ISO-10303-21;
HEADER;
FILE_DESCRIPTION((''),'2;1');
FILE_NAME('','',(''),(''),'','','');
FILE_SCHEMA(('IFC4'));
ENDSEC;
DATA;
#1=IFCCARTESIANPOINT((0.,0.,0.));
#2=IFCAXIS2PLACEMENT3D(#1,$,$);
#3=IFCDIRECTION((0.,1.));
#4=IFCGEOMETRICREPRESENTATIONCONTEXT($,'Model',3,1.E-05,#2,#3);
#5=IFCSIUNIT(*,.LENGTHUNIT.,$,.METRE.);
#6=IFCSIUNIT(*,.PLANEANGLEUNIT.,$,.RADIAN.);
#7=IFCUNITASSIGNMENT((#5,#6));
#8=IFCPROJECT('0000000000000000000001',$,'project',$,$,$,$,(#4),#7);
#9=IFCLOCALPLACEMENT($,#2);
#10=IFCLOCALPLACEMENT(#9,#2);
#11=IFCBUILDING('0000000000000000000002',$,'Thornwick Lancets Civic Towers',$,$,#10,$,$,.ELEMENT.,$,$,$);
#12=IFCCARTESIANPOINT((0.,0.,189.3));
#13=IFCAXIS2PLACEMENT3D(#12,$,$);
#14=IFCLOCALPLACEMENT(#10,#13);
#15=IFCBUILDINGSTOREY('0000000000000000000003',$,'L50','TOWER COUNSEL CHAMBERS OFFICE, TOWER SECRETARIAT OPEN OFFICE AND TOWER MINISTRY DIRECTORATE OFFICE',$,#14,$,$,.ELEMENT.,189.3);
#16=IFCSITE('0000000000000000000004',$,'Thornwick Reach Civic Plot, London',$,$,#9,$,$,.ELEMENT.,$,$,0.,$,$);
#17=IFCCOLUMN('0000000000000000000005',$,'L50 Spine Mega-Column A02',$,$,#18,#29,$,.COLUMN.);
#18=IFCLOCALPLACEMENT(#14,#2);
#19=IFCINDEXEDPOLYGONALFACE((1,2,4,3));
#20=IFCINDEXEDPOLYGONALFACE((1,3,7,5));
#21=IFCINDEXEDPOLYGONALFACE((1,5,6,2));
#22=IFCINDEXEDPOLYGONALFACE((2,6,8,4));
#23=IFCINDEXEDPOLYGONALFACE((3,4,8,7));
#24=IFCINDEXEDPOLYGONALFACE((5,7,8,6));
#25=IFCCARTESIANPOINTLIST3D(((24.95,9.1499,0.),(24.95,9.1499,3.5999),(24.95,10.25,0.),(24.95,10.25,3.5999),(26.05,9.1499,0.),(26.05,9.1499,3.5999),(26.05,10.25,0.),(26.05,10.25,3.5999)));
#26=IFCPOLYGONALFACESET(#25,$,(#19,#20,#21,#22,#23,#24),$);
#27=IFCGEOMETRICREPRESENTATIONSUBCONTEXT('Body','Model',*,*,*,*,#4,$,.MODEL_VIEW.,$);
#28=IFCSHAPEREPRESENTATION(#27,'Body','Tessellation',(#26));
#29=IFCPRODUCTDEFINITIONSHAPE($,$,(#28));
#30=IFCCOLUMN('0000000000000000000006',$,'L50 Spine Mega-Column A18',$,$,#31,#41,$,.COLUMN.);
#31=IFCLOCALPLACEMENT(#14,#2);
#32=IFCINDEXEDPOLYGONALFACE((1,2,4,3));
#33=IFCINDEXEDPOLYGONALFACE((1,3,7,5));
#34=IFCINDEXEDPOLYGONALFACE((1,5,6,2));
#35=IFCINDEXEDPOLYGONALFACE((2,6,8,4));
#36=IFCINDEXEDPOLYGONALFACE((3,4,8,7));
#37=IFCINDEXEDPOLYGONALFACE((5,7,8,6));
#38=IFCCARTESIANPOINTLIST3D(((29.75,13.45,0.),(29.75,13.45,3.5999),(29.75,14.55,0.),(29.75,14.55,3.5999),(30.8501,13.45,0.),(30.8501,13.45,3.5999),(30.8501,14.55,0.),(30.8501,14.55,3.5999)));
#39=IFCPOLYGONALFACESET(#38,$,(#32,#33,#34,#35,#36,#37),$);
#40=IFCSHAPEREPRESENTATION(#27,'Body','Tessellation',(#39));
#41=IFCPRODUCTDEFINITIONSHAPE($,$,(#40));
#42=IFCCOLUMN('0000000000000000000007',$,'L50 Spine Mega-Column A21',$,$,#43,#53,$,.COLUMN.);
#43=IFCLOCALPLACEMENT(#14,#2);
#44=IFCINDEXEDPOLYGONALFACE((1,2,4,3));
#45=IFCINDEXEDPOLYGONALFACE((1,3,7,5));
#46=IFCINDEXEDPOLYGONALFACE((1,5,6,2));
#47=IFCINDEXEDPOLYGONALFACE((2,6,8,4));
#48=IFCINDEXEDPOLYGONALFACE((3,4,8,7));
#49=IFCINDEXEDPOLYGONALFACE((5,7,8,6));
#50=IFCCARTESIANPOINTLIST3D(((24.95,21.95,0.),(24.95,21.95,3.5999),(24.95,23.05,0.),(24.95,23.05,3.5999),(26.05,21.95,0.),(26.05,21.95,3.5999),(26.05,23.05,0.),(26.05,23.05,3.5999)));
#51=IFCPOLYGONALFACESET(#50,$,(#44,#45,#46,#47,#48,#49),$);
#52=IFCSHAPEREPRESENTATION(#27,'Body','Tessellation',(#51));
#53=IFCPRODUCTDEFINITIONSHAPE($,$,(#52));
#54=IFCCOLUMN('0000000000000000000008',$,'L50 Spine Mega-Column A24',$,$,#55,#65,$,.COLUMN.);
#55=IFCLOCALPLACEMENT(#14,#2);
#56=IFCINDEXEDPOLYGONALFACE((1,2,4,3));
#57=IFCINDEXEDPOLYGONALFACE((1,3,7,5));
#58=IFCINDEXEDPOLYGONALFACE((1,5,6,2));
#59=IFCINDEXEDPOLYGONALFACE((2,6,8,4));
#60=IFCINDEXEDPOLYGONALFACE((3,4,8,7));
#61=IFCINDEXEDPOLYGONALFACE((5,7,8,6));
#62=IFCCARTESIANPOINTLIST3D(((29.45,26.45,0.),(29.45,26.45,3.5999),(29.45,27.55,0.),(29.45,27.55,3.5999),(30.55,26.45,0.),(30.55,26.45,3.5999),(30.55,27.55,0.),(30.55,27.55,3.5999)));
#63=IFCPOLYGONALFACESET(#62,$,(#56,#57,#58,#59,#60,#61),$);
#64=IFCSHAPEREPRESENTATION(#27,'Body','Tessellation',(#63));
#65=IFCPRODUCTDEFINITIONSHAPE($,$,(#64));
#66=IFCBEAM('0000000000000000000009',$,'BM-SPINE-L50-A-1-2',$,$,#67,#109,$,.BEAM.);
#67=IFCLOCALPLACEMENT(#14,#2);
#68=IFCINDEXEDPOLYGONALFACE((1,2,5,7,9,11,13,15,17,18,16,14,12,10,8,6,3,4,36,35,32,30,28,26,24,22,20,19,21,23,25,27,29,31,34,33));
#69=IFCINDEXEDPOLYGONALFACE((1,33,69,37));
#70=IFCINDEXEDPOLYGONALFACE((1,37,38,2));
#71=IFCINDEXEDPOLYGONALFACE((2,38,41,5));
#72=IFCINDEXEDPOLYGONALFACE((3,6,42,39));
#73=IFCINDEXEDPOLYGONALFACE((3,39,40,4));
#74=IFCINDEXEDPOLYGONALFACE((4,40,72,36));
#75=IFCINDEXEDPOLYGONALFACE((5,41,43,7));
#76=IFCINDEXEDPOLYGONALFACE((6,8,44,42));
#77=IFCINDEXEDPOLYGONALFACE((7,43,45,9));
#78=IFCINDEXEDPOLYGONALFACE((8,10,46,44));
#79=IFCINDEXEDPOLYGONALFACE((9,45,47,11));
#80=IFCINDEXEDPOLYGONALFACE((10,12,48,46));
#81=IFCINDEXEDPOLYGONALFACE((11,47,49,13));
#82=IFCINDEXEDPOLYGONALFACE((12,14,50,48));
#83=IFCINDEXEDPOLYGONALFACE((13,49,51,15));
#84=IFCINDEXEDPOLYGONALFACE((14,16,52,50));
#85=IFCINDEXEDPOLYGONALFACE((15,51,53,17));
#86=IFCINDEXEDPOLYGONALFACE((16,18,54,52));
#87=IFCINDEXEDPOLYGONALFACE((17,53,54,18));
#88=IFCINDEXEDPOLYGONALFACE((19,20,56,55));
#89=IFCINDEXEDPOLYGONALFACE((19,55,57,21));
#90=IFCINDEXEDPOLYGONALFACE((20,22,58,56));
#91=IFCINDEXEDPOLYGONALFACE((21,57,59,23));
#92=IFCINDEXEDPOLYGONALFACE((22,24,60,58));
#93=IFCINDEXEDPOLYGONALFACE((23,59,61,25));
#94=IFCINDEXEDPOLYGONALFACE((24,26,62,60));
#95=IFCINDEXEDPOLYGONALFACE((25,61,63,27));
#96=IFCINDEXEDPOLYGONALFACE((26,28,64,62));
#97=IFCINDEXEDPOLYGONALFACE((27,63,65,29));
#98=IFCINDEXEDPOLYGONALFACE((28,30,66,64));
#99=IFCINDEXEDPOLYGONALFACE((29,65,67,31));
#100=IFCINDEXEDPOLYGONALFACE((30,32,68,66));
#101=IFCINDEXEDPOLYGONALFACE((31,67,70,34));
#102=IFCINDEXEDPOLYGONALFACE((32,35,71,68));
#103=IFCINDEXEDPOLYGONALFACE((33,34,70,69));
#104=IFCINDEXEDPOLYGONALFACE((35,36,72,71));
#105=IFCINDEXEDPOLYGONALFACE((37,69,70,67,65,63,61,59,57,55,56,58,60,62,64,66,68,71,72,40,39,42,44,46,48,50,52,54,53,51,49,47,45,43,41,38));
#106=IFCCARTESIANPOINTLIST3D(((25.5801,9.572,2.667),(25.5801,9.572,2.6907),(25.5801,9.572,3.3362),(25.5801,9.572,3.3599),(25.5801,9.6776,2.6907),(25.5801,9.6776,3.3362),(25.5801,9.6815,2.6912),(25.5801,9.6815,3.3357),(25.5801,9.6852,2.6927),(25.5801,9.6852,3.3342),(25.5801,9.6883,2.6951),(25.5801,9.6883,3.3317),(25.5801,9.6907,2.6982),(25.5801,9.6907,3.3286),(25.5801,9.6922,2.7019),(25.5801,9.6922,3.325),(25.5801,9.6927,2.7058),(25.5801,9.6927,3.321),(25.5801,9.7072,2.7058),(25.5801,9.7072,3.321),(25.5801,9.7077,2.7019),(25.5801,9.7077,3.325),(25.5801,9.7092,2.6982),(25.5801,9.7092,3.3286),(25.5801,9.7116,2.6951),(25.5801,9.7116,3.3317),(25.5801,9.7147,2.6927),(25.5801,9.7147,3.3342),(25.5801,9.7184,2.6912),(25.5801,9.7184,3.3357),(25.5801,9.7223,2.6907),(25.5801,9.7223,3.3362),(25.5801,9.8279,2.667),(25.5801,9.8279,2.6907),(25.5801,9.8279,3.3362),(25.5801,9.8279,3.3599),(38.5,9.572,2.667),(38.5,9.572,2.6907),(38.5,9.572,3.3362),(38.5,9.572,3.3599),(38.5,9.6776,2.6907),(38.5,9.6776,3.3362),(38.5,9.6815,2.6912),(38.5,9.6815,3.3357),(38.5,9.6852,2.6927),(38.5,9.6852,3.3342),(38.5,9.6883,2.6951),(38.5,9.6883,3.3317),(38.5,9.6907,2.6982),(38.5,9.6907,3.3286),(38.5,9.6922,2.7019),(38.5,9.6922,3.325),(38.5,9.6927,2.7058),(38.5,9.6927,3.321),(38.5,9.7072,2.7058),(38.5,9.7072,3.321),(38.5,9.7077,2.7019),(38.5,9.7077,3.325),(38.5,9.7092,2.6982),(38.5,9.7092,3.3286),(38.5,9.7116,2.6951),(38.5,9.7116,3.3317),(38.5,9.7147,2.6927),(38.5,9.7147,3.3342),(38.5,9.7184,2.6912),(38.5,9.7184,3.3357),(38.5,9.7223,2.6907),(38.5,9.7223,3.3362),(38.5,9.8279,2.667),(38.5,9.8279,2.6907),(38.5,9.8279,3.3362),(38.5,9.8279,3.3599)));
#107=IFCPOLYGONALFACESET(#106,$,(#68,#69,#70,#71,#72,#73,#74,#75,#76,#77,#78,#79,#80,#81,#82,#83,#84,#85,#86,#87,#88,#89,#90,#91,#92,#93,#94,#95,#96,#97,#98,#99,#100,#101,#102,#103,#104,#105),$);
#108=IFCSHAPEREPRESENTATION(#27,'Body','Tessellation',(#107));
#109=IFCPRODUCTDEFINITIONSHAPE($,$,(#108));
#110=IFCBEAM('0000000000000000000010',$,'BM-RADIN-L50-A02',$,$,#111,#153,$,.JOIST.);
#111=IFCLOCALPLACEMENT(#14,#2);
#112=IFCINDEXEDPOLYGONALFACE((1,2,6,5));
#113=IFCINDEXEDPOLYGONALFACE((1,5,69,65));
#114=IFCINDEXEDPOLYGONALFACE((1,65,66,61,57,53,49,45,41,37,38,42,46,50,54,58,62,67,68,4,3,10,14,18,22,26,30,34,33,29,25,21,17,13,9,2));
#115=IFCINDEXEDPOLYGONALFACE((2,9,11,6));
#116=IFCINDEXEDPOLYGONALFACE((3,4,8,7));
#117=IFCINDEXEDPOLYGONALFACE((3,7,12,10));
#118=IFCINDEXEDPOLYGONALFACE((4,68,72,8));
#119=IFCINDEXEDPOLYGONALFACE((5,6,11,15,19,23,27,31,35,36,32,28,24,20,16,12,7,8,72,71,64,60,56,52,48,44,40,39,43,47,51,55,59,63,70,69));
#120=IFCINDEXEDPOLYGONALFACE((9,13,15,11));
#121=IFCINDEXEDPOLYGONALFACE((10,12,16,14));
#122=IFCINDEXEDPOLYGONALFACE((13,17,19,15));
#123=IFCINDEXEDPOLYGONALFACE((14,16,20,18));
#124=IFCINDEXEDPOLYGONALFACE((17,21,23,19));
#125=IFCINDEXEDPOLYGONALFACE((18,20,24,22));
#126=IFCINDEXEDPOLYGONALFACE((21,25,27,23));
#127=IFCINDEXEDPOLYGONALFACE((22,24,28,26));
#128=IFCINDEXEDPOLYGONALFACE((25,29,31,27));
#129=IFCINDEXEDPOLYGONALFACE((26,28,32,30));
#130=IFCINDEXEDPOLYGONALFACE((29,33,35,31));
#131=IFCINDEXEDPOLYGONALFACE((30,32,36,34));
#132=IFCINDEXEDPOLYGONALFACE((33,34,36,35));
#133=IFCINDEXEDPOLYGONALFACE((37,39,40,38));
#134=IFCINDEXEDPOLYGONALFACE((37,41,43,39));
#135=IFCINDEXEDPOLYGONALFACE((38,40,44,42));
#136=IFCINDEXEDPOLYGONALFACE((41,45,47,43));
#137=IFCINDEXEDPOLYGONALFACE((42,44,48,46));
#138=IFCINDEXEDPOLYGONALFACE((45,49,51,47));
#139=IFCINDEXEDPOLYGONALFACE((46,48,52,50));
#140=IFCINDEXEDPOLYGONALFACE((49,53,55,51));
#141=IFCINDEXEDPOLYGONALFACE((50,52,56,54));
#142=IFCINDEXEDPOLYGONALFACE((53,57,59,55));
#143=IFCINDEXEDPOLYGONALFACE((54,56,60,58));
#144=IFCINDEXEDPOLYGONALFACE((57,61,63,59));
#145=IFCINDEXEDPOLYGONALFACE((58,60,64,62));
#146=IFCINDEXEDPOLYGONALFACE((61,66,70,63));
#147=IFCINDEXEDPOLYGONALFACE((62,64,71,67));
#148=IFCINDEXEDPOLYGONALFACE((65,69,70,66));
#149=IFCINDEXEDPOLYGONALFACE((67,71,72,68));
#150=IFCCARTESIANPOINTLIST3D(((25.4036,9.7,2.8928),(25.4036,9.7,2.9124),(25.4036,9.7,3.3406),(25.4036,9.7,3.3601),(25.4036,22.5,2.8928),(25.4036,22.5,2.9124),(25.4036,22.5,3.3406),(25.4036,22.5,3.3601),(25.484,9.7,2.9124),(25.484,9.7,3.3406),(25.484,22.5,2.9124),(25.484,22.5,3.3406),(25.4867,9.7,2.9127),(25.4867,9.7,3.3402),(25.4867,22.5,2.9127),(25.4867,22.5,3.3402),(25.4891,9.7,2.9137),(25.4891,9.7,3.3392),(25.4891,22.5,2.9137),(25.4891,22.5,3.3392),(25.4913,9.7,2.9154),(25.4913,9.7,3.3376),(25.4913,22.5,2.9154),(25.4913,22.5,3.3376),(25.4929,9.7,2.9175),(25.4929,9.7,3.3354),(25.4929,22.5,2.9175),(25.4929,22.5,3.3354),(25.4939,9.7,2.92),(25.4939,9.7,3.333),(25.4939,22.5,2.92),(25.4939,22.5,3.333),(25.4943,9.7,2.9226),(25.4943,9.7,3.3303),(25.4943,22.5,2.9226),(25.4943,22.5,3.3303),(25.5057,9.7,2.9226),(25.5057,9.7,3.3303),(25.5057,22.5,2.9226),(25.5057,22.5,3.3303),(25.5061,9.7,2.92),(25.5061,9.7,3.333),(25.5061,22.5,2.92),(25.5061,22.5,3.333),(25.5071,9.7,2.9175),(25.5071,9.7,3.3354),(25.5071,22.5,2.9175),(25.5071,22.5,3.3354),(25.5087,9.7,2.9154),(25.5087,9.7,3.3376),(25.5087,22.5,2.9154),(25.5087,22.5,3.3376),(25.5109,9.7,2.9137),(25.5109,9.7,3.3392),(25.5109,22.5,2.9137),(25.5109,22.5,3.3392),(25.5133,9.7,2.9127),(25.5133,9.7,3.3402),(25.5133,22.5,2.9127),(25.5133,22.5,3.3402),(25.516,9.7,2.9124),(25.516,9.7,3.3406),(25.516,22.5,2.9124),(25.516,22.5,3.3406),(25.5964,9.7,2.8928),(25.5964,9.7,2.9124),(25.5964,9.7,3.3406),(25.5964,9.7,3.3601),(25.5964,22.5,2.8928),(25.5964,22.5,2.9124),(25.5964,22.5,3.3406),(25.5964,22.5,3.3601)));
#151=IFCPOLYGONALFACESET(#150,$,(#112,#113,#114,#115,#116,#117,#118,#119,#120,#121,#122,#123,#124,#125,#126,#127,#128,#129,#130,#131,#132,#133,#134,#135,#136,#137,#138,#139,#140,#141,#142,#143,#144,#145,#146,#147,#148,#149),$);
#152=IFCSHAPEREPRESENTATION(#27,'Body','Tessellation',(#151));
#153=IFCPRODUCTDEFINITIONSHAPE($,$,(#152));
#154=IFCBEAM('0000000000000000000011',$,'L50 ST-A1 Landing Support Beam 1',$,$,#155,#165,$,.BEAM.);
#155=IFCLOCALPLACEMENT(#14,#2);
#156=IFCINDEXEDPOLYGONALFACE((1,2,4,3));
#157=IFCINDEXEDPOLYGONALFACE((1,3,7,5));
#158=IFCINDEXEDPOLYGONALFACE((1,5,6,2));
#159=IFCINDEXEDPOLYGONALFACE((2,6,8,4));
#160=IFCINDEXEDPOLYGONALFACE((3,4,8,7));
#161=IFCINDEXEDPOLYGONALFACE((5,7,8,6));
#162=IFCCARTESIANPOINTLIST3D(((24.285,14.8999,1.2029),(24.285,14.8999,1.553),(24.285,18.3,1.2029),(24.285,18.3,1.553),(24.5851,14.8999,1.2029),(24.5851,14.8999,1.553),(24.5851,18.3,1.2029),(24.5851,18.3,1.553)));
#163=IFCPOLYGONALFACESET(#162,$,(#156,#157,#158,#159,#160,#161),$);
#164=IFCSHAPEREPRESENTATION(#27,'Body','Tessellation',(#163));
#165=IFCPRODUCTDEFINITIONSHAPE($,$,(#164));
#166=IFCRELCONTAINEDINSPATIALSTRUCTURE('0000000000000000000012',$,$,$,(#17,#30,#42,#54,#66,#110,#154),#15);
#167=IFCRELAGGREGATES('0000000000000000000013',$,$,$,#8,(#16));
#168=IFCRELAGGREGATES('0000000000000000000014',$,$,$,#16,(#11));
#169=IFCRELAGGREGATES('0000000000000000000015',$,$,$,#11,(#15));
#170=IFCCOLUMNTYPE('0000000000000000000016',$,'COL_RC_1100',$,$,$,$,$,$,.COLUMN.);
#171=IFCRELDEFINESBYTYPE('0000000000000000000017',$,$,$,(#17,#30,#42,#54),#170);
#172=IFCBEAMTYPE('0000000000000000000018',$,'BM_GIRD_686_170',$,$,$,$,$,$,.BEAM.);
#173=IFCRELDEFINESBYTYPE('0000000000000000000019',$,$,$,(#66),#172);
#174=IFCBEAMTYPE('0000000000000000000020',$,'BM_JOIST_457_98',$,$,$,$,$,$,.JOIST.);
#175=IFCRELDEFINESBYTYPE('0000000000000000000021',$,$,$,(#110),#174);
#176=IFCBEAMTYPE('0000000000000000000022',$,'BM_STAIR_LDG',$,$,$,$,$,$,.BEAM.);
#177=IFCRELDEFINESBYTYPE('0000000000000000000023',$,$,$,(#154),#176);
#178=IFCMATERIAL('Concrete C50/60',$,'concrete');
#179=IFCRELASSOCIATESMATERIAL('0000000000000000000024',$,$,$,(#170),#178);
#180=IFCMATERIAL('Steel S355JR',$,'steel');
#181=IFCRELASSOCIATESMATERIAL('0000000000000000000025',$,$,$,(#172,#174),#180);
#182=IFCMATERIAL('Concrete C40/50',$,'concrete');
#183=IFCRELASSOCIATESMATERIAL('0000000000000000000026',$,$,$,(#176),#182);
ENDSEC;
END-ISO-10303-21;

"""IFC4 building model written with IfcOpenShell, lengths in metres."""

from ifc_helpers import new_model, si_unit, direction, frame, origin, origin_2d, place, context, subcontext, project, spatial, rectangle, i_section, extrude, material, material_profile, profile_set, type_object, element, save


model = new_model("IFC4")

# Units and contexts
model_context = context("Model", 3, precision=1e-05, world=origin(), true_north=direction((0.0, 1.0)))
body_context = subcontext(model_context, "Body", "Model", "MODEL_VIEW")
ifc_project = project(units=[si_unit("LENGTHUNIT", "METRE"), si_unit("PLANEANGLEUNIT", "RADIAN")], contexts=[model_context])

# Site, building, storey
site_placement = place(None, origin())
site = spatial("IfcSite", under=ifc_project, at=site_placement, Name="Thornwick Reach Civic Plot, London", CompositionType="ELEMENT", RefElevation=0.0)
building_placement = place(site_placement, origin())
building = spatial("IfcBuilding", under=site, at=building_placement, Name="Thornwick Lancets Civic Towers", CompositionType="ELEMENT")
storey_placement = place(building_placement, frame((0.0, 0.0, 189.3)))
storey = spatial("IfcBuildingStorey", under=building, at=storey_placement, Name="L50", Description="TOWER COUNSEL CHAMBERS OFFICE, TOWER SECRETARIAT OPEN OFFICE AND TOWER MINISTRY DIRECTORATE OFFICE", CompositionType="ELEMENT", Elevation=189.3)

# Columns
ifc_material_1 = material(Name="Concrete C50/60", Category="concrete")
ifc_material_profile_1 = material_profile(ifc_material_1, rectangle(XDim=1.1001, YDim=1.1001, at=origin_2d()), Name="RC 1100x1100")
ifc_profile_set_1 = profile_set([ifc_material_profile_1], Name="Concrete C50/60")
column_type = type_object("IfcColumnType", Name="COL_RC_1100", PredefinedType="COLUMN", material=ifc_profile_set_1)
for number, where, z_axis, x_axis, name in (
    (1, (25.5, 9.7, 0.0), (0.0, 0.0, 1.0), (1.0, 0.0, 0.0), "L50 Spine Mega-Column A02"),
    (2, (30.3, 14.0, 0.0), (0.0, 0.0, 1.0), (1.0, 0.0, 0.0), "L50 Spine Mega-Column A18"),
    (3, (25.5, 22.5, 0.0), (0.0, 0.0, 1.0), (1.0, 0.0, 0.0), "L50 Spine Mega-Column A21"),
    (4, (30.0, 27.0, 0.0), (0.0, 0.0, 1.0), (1.0, 0.0, 0.0), "L50 Spine Mega-Column A24"),
):
    element("IfcColumn", number, at=place(storey_placement, frame(where, z_axis=z_axis, x_axis=x_axis)), inside=storey, type_object=column_type, Name=name, PredefinedType="COLUMN", context=body_context, shape_type="SweptSolid", body=[
        extrude(rectangle(XDim=1.1001, YDim=1.1001, at=origin_2d()), origin(), (0.0, 0.0, 1.0), 3.5999),
    ])

# Beams
ifc_material_2 = material(Name="Steel S355JR", Category="steel")
ifc_material_profile_2 = material_profile(ifc_material_2, i_section(OverallWidth=0.2559, OverallDepth=0.6929, WebThickness=0.0144, FlangeThickness=0.0237, FilletRadius=0.0151, at=origin_2d()), Name="UKB 686x254x170")
ifc_profile_set_2 = profile_set([ifc_material_profile_2], Name="Steel S355JR")
beam_type_1 = type_object("IfcBeamType", Name="BM_GIRD_686_170", PredefinedType="BEAM", material=ifc_profile_set_2)
beam_1_placement = place(storey_placement, frame((25.5801, 9.7, 3.0134), z_axis=(1.0, 0.0, 0.0), x_axis=(0.0, 1.0, 0.0)))
element("IfcBeam", 5, at=beam_1_placement, inside=storey, type_object=beam_type_1, Name="BM-SPINE-L50-A-1-2", PredefinedType="BEAM", context=body_context, shape_type="SweptSolid", body=[
    extrude(i_section(OverallWidth=0.2559, OverallDepth=0.6929, WebThickness=0.0144, FlangeThickness=0.0237, FilletRadius=0.0151, at=origin_2d()), origin(), (0.0, 0.0, 1.0), 12.9199),
])
ifc_material_profile_3 = material_profile(ifc_material_2, i_section(OverallWidth=0.1929, OverallDepth=0.4673, WebThickness=0.0115, FlangeThickness=0.0195, FilletRadius=0.0103, at=origin_2d()), Name="UKB 457x191x98")
ifc_profile_set_3 = profile_set([ifc_material_profile_3], Name="Steel S355JR")
beam_type_2 = type_object("IfcBeamType", Name="BM_JOIST_457_98", PredefinedType="JOIST", material=ifc_profile_set_3)
beam_2_placement = place(storey_placement, frame((25.5, 22.5, 3.1265), z_axis=(0.0, -1.0, 0.0), x_axis=(1.0, 0.0, 0.0)))
element("IfcBeam", 6, at=beam_2_placement, inside=storey, type_object=beam_type_2, Name="BM-RADIN-L50-A02", PredefinedType="JOIST", context=body_context, shape_type="SweptSolid", body=[
    extrude(i_section(OverallWidth=0.1929, OverallDepth=0.4673, WebThickness=0.0115, FlangeThickness=0.0195, FilletRadius=0.0103, at=origin_2d()), origin(), (0.0, 0.0, 1.0), 12.8),
])
ifc_material_3 = material(Name="Concrete C40/50", Category="concrete")
ifc_material_profile_4 = material_profile(ifc_material_3, rectangle(XDim=0.3, YDim=0.3501, at=origin_2d()), Name="RC 300x350")
ifc_profile_set_4 = profile_set([ifc_material_profile_4], Name="Concrete C40/50")
beam_type_3 = type_object("IfcBeamType", Name="BM_STAIR_LDG", PredefinedType="BEAM", material=ifc_profile_set_4)
beam_3_placement = place(storey_placement, frame((24.4351, 14.8999, 1.3779), z_axis=(0.0, 1.0, 0.0), x_axis=(-1.0, 0.0, 0.0)))
element("IfcBeam", 7, at=beam_3_placement, inside=storey, type_object=beam_type_3, Name="L50 ST-A1 Landing Support Beam 1", PredefinedType="BEAM", context=body_context, shape_type="SweptSolid", body=[
    extrude(rectangle(XDim=0.3, YDim=0.3501, at=origin_2d()), origin(), (0.0, 0.0, 1.0), 3.4001),
])

save(model, "model.ifc")
